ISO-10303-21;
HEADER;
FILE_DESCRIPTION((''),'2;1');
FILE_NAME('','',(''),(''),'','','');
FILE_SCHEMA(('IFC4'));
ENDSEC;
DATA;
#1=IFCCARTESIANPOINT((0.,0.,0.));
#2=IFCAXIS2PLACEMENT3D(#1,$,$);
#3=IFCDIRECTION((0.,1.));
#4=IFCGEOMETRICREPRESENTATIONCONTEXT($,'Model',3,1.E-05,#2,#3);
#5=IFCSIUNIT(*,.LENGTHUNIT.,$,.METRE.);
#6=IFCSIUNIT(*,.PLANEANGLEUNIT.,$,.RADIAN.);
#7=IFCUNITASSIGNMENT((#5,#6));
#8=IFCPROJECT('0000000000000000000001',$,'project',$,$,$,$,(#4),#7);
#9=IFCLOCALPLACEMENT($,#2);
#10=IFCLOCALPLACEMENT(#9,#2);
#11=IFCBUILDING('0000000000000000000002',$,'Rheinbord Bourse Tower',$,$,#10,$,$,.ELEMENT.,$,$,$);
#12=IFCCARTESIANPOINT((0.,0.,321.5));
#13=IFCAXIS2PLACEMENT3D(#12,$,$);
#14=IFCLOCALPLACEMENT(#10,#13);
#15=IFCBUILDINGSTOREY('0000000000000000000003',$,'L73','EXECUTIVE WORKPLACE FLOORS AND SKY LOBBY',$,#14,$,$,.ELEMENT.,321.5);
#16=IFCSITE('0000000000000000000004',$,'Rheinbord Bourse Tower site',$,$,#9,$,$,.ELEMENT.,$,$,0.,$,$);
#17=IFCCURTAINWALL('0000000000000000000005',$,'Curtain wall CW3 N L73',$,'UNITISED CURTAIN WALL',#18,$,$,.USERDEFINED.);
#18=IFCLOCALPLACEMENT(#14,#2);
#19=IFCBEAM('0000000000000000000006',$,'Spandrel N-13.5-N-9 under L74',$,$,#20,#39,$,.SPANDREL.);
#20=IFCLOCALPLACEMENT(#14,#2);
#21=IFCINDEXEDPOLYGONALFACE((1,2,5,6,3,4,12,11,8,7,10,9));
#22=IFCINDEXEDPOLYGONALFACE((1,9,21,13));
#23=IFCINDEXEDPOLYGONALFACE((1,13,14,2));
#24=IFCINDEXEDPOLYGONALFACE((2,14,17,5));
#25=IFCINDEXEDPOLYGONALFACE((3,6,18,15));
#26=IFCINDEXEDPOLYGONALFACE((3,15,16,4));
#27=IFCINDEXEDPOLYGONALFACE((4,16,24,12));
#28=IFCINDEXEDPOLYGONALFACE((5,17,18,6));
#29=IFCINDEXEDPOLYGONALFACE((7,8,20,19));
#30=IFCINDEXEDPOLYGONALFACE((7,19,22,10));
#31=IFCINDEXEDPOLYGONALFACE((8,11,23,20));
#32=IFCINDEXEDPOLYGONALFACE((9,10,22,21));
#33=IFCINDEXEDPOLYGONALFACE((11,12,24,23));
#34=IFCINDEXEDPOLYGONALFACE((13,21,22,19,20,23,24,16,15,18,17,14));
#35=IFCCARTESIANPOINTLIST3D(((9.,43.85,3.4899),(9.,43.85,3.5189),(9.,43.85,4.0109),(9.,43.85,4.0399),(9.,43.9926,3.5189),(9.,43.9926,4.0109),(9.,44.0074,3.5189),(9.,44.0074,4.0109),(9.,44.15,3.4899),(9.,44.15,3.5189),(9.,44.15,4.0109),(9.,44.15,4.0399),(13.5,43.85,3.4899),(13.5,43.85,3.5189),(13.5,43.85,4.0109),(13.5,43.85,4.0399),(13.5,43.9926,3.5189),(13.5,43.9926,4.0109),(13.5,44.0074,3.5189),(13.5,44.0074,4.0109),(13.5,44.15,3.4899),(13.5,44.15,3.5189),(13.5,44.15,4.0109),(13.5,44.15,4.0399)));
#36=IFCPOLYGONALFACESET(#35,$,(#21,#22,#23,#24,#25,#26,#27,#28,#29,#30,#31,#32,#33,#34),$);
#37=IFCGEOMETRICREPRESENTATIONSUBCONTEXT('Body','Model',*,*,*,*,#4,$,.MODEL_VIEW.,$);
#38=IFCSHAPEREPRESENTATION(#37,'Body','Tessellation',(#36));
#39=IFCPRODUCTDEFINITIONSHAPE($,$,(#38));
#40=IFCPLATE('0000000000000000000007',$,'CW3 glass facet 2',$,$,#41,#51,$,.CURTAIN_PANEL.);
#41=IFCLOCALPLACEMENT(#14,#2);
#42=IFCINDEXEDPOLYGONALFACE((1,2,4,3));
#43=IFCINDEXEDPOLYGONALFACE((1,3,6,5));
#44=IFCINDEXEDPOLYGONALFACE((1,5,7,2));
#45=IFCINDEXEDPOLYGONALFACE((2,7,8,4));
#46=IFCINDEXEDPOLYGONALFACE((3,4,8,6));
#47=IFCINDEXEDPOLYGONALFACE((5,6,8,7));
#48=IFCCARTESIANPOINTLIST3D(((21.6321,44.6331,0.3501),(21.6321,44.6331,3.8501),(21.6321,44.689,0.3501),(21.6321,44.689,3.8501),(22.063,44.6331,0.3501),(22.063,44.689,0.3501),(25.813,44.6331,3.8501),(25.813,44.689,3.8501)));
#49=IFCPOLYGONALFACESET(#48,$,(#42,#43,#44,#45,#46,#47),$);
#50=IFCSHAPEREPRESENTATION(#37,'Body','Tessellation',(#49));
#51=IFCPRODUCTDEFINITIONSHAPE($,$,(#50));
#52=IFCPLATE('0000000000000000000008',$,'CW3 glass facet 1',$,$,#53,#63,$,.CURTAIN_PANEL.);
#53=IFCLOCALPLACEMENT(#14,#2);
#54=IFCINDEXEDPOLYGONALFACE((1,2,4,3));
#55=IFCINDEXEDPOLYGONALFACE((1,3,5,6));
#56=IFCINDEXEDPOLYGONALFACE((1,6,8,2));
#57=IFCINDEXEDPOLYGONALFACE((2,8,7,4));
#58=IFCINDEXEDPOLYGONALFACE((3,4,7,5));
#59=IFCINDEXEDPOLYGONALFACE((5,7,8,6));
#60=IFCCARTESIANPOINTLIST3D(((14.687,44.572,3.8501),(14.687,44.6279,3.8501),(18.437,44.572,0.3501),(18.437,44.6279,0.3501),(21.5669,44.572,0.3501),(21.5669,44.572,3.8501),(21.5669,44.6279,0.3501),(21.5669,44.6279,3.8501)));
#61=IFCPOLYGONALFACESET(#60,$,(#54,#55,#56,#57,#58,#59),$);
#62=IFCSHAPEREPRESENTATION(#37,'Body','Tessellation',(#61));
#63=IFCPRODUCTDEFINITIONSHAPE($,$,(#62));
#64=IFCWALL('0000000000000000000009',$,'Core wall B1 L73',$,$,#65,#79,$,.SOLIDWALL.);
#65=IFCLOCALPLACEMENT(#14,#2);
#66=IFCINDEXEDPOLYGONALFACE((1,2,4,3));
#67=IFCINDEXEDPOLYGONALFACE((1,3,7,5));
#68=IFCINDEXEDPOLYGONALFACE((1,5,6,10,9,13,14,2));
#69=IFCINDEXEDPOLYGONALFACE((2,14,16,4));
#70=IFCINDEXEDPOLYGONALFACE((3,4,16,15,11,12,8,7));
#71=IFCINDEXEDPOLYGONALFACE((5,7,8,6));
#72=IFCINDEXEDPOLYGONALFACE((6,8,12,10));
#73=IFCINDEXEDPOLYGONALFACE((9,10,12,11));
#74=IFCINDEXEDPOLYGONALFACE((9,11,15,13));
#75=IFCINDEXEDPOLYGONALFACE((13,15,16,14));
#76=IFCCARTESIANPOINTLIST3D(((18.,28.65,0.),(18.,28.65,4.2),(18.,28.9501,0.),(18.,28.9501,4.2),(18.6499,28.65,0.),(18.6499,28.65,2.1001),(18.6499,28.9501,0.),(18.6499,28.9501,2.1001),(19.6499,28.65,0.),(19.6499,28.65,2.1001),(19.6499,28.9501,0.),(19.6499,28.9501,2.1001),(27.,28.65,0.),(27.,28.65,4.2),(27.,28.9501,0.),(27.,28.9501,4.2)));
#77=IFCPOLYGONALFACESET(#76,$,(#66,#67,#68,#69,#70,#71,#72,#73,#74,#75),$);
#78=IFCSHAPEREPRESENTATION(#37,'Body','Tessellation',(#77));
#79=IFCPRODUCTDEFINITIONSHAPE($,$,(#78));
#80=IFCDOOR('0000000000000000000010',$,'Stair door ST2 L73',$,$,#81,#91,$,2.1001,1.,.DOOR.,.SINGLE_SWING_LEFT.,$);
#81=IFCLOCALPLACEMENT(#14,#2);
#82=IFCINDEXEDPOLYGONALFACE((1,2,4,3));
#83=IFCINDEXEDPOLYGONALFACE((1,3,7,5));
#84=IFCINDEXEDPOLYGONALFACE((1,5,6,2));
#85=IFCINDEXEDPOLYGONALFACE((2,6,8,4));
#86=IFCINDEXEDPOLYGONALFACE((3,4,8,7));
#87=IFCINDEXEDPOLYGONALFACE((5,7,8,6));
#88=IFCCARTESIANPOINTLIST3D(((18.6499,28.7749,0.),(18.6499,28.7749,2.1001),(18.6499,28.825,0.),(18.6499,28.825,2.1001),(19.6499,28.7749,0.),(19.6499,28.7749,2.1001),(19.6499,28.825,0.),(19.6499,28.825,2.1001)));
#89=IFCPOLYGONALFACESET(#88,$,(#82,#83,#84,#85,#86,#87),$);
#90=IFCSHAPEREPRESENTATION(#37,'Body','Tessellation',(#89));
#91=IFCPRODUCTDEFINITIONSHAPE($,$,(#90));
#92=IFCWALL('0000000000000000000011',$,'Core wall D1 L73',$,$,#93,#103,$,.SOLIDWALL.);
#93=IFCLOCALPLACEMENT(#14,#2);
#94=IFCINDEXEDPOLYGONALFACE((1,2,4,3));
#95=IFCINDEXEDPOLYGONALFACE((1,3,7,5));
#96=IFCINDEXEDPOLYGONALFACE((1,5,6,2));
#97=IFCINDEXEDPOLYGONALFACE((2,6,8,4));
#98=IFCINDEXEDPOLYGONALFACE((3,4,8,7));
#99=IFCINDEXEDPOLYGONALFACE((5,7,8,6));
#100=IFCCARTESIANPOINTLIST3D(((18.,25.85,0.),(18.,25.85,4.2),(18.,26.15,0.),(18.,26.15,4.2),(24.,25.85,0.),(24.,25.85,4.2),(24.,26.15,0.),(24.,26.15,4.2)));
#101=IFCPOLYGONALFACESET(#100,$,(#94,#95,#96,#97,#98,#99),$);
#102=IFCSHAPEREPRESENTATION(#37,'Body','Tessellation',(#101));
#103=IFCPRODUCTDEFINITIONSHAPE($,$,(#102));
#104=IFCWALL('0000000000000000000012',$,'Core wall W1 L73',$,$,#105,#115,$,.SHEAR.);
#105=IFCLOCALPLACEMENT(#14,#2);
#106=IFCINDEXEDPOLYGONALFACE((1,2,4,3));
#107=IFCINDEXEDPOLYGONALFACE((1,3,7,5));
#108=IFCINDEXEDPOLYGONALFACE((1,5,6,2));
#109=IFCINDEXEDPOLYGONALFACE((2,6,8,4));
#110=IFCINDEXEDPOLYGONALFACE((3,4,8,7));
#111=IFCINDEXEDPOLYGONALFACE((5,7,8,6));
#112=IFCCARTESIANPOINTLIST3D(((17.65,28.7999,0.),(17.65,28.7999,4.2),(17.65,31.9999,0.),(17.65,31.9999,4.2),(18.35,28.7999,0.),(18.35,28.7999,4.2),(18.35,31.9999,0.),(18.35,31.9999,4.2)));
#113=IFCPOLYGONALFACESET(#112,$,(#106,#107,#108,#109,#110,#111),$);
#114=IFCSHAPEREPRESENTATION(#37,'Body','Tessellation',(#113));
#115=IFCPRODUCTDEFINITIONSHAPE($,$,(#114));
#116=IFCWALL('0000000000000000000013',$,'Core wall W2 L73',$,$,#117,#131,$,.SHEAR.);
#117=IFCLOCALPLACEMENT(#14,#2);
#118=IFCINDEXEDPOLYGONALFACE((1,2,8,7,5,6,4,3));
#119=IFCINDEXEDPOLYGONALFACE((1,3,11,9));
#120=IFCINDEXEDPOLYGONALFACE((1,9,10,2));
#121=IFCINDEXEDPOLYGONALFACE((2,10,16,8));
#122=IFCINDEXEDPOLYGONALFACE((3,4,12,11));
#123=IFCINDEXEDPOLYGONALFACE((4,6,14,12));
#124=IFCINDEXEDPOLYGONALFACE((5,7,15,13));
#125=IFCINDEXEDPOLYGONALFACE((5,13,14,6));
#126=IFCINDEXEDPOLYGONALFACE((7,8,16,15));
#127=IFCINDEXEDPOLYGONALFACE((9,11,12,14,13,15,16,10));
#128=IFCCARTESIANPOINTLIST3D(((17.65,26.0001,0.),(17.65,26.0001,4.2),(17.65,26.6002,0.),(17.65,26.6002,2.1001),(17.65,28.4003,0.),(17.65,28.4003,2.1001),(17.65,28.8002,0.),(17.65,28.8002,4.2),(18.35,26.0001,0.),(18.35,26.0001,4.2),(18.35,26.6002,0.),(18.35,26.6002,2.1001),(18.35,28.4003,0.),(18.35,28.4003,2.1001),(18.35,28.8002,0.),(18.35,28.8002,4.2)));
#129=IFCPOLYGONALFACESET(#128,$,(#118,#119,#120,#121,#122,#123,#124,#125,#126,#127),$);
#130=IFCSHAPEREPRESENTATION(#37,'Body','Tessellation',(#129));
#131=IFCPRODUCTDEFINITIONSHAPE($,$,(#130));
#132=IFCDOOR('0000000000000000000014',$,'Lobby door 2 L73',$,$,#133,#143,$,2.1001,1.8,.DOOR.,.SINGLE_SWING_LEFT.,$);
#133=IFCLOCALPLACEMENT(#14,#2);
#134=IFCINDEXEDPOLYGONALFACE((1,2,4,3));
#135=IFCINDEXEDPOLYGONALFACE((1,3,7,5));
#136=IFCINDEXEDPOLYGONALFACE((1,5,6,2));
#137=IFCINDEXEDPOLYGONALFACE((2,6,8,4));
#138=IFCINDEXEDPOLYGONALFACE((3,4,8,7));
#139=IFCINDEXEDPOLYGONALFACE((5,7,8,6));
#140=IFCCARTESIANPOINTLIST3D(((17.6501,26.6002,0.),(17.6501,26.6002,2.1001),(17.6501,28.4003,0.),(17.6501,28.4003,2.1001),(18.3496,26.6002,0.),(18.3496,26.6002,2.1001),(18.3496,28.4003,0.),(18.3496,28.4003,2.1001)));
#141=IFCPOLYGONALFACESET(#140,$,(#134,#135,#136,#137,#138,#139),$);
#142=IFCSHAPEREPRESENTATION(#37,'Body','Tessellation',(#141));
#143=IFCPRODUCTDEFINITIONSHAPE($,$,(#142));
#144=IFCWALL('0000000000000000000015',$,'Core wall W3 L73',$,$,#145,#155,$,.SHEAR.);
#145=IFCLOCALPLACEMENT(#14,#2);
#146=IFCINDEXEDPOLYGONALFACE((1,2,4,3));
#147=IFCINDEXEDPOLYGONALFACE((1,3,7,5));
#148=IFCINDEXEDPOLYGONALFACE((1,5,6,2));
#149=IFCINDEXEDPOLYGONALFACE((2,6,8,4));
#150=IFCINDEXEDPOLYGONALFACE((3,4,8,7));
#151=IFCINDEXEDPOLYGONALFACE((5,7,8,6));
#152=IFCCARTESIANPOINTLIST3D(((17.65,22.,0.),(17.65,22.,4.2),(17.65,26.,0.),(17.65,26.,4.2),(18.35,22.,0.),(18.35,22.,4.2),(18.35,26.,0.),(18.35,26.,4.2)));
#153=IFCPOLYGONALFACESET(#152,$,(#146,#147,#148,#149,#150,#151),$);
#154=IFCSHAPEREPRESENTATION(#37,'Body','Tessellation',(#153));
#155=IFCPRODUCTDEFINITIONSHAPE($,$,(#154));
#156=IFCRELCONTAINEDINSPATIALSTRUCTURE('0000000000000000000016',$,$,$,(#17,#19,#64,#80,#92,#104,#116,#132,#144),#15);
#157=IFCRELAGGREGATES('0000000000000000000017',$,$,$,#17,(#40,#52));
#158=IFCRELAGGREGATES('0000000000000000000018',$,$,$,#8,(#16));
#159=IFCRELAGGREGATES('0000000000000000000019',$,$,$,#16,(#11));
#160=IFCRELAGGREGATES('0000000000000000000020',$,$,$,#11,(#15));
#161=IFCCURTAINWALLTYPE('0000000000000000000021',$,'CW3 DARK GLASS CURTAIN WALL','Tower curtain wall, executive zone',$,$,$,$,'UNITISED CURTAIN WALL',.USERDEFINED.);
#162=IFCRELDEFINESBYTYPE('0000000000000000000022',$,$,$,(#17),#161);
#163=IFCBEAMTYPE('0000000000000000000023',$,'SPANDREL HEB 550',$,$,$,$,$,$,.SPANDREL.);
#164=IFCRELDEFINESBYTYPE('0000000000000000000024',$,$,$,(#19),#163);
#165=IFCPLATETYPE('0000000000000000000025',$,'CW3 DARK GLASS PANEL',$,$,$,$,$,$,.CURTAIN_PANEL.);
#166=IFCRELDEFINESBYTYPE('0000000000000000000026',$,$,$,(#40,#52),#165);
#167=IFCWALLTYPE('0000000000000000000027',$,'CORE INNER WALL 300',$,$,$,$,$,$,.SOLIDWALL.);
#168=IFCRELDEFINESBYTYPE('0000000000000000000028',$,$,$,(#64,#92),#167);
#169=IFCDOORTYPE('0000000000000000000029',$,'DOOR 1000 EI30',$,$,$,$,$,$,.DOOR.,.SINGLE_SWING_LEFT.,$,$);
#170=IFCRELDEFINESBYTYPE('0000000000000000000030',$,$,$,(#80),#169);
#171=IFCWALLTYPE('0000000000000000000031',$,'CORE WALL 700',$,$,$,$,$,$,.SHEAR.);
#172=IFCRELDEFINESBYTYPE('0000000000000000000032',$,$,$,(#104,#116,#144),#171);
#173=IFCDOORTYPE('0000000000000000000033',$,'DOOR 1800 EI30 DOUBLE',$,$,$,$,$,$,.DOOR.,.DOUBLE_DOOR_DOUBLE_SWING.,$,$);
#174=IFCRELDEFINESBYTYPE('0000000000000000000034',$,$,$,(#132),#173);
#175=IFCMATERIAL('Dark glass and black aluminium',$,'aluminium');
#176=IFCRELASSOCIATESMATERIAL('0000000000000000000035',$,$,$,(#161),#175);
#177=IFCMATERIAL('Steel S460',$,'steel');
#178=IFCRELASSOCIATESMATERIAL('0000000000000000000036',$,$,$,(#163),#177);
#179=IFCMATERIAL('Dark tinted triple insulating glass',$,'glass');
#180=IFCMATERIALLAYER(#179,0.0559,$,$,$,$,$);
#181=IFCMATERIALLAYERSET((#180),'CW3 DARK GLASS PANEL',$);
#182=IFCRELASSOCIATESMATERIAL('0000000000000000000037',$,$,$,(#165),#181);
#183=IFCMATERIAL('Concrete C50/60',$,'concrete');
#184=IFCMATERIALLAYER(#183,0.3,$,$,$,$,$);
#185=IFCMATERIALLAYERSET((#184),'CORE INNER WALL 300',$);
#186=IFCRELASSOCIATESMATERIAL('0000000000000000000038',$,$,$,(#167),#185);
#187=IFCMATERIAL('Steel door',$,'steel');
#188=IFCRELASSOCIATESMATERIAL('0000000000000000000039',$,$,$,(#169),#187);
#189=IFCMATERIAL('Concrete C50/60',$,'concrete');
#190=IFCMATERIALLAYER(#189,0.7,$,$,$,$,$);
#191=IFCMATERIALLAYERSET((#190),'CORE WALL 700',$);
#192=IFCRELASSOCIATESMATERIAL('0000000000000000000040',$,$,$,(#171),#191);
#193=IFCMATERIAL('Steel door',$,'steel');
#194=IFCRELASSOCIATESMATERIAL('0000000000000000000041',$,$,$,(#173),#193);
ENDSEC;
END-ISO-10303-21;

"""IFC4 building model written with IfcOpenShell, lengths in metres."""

from ifc_helpers import new_model, si_unit, direction, frame, frame_2d, origin, origin_2d, place, context, subcontext, project, spatial, polyline, rectangle, i_section, outline, extrude, material, layer, layer_set, material_profile, profile_set, type_object, element, fill, aggregate, save


model = new_model("IFC4")

# Units and contexts
model_context = context("Model", 3, precision=1e-05, world=origin(), true_north=direction((0.0, 1.0)))
body_context = subcontext(model_context, "Body", "Model", "MODEL_VIEW")
ifc_project = project(units=[si_unit("LENGTHUNIT", "METRE"), si_unit("PLANEANGLEUNIT", "RADIAN")], contexts=[model_context])

# Site, building, storey
site_placement = place(None, origin())
site = spatial("IfcSite", under=ifc_project, at=site_placement, Name="Rheinbord Bourse Tower site", CompositionType="ELEMENT", RefElevation=0.0)
building_placement = place(site_placement, origin())
building = spatial("IfcBuilding", under=site, at=building_placement, Name="Rheinbord Bourse Tower", CompositionType="ELEMENT")
storey_placement = place(building_placement, frame((0.0, 0.0, 321.5)))
storey = spatial("IfcBuildingStorey", under=building, at=storey_placement, Name="L73", Description="EXECUTIVE WORKPLACE FLOORS AND SKY LOBBY", CompositionType="ELEMENT", Elevation=321.5)

# Curtain wall
ifc_material_1 = material(Name="Dark glass and black aluminium", Category="aluminium")
curtain_wall_type = type_object("IfcCurtainWallType", Name="CW3 DARK GLASS CURTAIN WALL", Description="Tower curtain wall, executive zone", ElementType="UNITISED CURTAIN WALL", PredefinedType="USERDEFINED", material=ifc_material_1)
curtain_wall_placement = place(storey_placement, origin())
curtain_wall = element("IfcCurtainWall", 1, at=curtain_wall_placement, inside=storey, type_object=curtain_wall_type, Name="Curtain wall CW3 N L73", ObjectType="UNITISED CURTAIN WALL", PredefinedType="USERDEFINED")

# Beam
ifc_material_2 = material(Name="Steel S460", Category="steel")
ifc_material_profile_1 = material_profile(ifc_material_2, i_section(OverallWidth=0.3, OverallDepth=0.55, WebThickness=0.0149, FlangeThickness=0.0291, at=origin_2d()), Name="HEB 550")
ifc_profile_set_1 = profile_set([ifc_material_profile_1], Name="Steel S460")
beam_type_1 = type_object("IfcBeamType", Name="SPANDREL HEB 550", PredefinedType="SPANDREL", material=ifc_profile_set_1)
for number, where, z_axis, x_axis, name in (
    (2, (13.5, 44.0, 3.7649), (-1.0, 0.0, 0.0), (0.0, -1.0, 0.0), "Spandrel N-13.5-N-9 under L74"),
):
    element("IfcBeam", number, at=place(storey_placement, frame(where, z_axis=z_axis, x_axis=x_axis)), inside=storey, type_object=beam_type_1, Name=name, PredefinedType="SPANDREL", context=body_context, shape_type="SweptSolid", body=[
        extrude(i_section(OverallWidth=0.3, OverallDepth=0.55, WebThickness=0.0149, FlangeThickness=0.0291, at=origin_2d()), origin(), (0.0, 0.0, 1.0), 4.5),
    ])

# Plates
ifc_material_3 = material(Name="Dark tinted triple insulating glass", Category="glass")
ifc_layer_1 = layer(ifc_material_3, 0.0559)
ifc_layer_set_1 = layer_set([ifc_layer_1], Name="CW3 DARK GLASS PANEL")
plate_type = type_object("IfcPlateType", Name="CW3 DARK GLASS PANEL", PredefinedType="CURTAIN_PANEL", material=ifc_layer_set_1)
plate_1_placement = place(storey_placement, frame((21.6321, 44.689, 3.8501), z_axis=(0.0, -1.0, 0.0), x_axis=(0.0, 0.0, -1.0)))
plate_1 = element("IfcPlate", 3, at=plate_1_placement, type_object=plate_type, Name="CW3 glass facet 2", PredefinedType="CURTAIN_PANEL", context=body_context, shape_type="SweptSolid", body=[
    extrude(outline(polyline([(0.0, 0.0), (3.5, 0.0), (3.5, 0.4309), (0.0, 4.1809), (0.0, 0.0)])), origin(), (0.0, 0.0, 1.0), 0.0559),
])
plate_2_placement = place(storey_placement, frame((21.5669, 44.6279, 0.3501), z_axis=(0.0, -1.0, 0.0), x_axis=(0.0, 0.0, 1.0)))
plate_2 = element("IfcPlate", 4, at=plate_2_placement, type_object=plate_type, Name="CW3 glass facet 1", PredefinedType="CURTAIN_PANEL", context=body_context, shape_type="SweptSolid", body=[
    extrude(outline(polyline([(0.0, 0.0), (3.5, 0.0), (3.5, 6.8799), (0.0, 3.1299), (0.0, 0.0)])), origin(), (0.0, 0.0, 1.0), 0.0559),
])
aggregate(curtain_wall, [plate_1, plate_2])

# Wall, opening, door
ifc_material_4 = material(Name="Concrete C50/60", Category="concrete")
ifc_layer_2 = layer(ifc_material_4, 0.3)
ifc_layer_set_2 = layer_set([ifc_layer_2], Name="CORE INNER WALL 300")
wall_type_1 = type_object("IfcWallType", Name="CORE INNER WALL 300", PredefinedType="SOLIDWALL", material=ifc_layer_set_2)
wall_1_placement = place(storey_placement, frame((18.0, 28.8, 0.0), z_axis=(0.0, 0.0, 1.0), x_axis=(1.0, 0.0, 0.0)))
wall_1 = element("IfcWall", 5, at=wall_1_placement, inside=storey, type_object=wall_type_1, Name="Core wall B1 L73", PredefinedType="SOLIDWALL", context=body_context, shape_type="SweptSolid", body=[
    extrude(rectangle(XDim=9.0, YDim=0.3, at=frame_2d((4.5, 0.0))), origin(), (0.0, 0.0, 1.0), 4.2),
])
opening_1_placement = place(wall_1_placement, frame((0.6499, 0.0, 0.0)))
opening_1 = element("IfcOpeningElement", 6, at=opening_1_placement, cuts=wall_1, PredefinedType="OPENING", context=body_context, shape_type="SweptSolid", body=[
    extrude(rectangle(XDim=1.0, YDim=2.1001, at=frame_2d((0.5, 1.05))), frame((0.0, 0.1599, 0.0), z_axis=(0.0, -1.0, 0.0), x_axis=(1.0, 0.0, 0.0)), (0.0, 0.0, 1.0), 0.3201),
])
ifc_material_5 = material(Name="Steel door", Category="steel")
door_type_1 = type_object("IfcDoorType", Name="DOOR 1000 EI30", OperationType="SINGLE_SWING_LEFT", PredefinedType="DOOR", material=ifc_material_5)
door_1_placement = place(opening_1_placement, origin())
door_1 = element("IfcDoor", 7, at=door_1_placement, inside=storey, type_object=door_type_1, Name="Stair door ST2 L73", OperationType="SINGLE_SWING_LEFT", OverallHeight=2.1001, OverallWidth=1.0, PredefinedType="DOOR", context=body_context, shape_type="SweptSolid", body=[
    extrude(rectangle(XDim=1.0, YDim=2.1001, at=frame_2d((0.5, 1.05))), frame((0.0, 0.0249, 0.0), z_axis=(0.0, -1.0, 0.0), x_axis=(1.0, 0.0, 0.0)), (0.0, 0.0, 1.0), 0.05),
])
fill(opening_1, door_1)

# Walls
wall_2_placement = place(storey_placement, frame((18.0, 26.0, 0.0), z_axis=(0.0, 0.0, 1.0), x_axis=(1.0, 0.0, 0.0)))
element("IfcWall", 8, at=wall_2_placement, inside=storey, type_object=wall_type_1, Name="Core wall D1 L73", PredefinedType="SOLIDWALL", context=body_context, shape_type="SweptSolid", body=[
    extrude(rectangle(XDim=6.0, YDim=0.3, at=frame_2d((3.0, 0.0))), origin(), (0.0, 0.0, 1.0), 4.2),
])
ifc_material_6 = material(Name="Concrete C50/60", Category="concrete")
ifc_layer_3 = layer(ifc_material_6, 0.7)
ifc_layer_set_3 = layer_set([ifc_layer_3], Name="CORE WALL 700")
wall_type_2 = type_object("IfcWallType", Name="CORE WALL 700", PredefinedType="SHEAR", material=ifc_layer_set_3)
wall_3_placement = place(storey_placement, frame((18.0, 32.0, 0.0), z_axis=(0.0, 0.0, 1.0), x_axis=(0.0, -1.0, 0.0)))
element("IfcWall", 9, at=wall_3_placement, inside=storey, type_object=wall_type_2, Name="Core wall W1 L73", PredefinedType="SHEAR", context=body_context, shape_type="SweptSolid", body=[
    extrude(rectangle(XDim=3.2, YDim=0.7, at=frame_2d((1.6001, 0.0))), origin(), (0.0, 0.0, 1.0), 4.2),
])

# Wall, opening, door
wall_4_placement = place(storey_placement, frame((18.0, 28.8, 0.0), z_axis=(0.0, 0.0, 1.0), x_axis=(0.0, -1.0, 0.0)))
wall_4 = element("IfcWall", 10, at=wall_4_placement, inside=storey, type_object=wall_type_2, Name="Core wall W2 L73", PredefinedType="SHEAR", context=body_context, shape_type="SweptSolid", body=[
    extrude(rectangle(XDim=2.8, YDim=0.7, at=frame_2d((1.3999, 0.0))), origin(), (0.0, 0.0, 1.0), 4.2),
])
opening_2_placement = place(wall_4_placement, frame((0.3999, 0.0, 0.0)))
opening_2 = element("IfcOpeningElement", 11, at=opening_2_placement, cuts=wall_4, PredefinedType="OPENING", context=body_context, shape_type="SweptSolid", body=[
    extrude(rectangle(XDim=1.8, YDim=2.1001, at=frame_2d((0.8999, 1.05))), frame((0.0, 0.3599, 0.0), z_axis=(0.0, -1.0, 0.0), x_axis=(1.0, 0.0, 0.0)), (0.0, 0.0, 1.0), 0.72),
])
ifc_material_7 = material(Name="Steel door", Category="steel")
door_type_2 = type_object("IfcDoorType", Name="DOOR 1800 EI30 DOUBLE", OperationType="DOUBLE_DOOR_DOUBLE_SWING", PredefinedType="DOOR", material=ifc_material_7)
door_2_placement = place(opening_2_placement, origin())
door_2 = element("IfcDoor", 12, at=door_2_placement, inside=storey, type_object=door_type_2, Name="Lobby door 2 L73", OperationType="SINGLE_SWING_LEFT", OverallHeight=2.1001, OverallWidth=1.8, PredefinedType="DOOR", context=body_context, shape_type="SweptSolid", body=[
    extrude(rectangle(XDim=1.8, YDim=2.1001, at=frame_2d((0.8999, 1.05))), frame((0.0, 0.3496, 0.0), z_axis=(0.0, -1.0, 0.0), x_axis=(1.0, 0.0, 0.0)), (0.0, 0.0, 1.0), 0.6995),
])
fill(opening_2, door_2)

# Wall
wall_5_placement = place(storey_placement, frame((18.0, 26.0, 0.0), z_axis=(0.0, 0.0, 1.0), x_axis=(0.0, -1.0, 0.0)))
element("IfcWall", 13, at=wall_5_placement, inside=storey, type_object=wall_type_2, Name="Core wall W3 L73", PredefinedType="SHEAR", context=body_context, shape_type="SweptSolid", body=[
    extrude(rectangle(XDim=4.0, YDim=0.7, at=frame_2d((2.0, 0.0))), origin(), (0.0, 0.0, 1.0), 4.2),
])

save(model, "model.ifc")
